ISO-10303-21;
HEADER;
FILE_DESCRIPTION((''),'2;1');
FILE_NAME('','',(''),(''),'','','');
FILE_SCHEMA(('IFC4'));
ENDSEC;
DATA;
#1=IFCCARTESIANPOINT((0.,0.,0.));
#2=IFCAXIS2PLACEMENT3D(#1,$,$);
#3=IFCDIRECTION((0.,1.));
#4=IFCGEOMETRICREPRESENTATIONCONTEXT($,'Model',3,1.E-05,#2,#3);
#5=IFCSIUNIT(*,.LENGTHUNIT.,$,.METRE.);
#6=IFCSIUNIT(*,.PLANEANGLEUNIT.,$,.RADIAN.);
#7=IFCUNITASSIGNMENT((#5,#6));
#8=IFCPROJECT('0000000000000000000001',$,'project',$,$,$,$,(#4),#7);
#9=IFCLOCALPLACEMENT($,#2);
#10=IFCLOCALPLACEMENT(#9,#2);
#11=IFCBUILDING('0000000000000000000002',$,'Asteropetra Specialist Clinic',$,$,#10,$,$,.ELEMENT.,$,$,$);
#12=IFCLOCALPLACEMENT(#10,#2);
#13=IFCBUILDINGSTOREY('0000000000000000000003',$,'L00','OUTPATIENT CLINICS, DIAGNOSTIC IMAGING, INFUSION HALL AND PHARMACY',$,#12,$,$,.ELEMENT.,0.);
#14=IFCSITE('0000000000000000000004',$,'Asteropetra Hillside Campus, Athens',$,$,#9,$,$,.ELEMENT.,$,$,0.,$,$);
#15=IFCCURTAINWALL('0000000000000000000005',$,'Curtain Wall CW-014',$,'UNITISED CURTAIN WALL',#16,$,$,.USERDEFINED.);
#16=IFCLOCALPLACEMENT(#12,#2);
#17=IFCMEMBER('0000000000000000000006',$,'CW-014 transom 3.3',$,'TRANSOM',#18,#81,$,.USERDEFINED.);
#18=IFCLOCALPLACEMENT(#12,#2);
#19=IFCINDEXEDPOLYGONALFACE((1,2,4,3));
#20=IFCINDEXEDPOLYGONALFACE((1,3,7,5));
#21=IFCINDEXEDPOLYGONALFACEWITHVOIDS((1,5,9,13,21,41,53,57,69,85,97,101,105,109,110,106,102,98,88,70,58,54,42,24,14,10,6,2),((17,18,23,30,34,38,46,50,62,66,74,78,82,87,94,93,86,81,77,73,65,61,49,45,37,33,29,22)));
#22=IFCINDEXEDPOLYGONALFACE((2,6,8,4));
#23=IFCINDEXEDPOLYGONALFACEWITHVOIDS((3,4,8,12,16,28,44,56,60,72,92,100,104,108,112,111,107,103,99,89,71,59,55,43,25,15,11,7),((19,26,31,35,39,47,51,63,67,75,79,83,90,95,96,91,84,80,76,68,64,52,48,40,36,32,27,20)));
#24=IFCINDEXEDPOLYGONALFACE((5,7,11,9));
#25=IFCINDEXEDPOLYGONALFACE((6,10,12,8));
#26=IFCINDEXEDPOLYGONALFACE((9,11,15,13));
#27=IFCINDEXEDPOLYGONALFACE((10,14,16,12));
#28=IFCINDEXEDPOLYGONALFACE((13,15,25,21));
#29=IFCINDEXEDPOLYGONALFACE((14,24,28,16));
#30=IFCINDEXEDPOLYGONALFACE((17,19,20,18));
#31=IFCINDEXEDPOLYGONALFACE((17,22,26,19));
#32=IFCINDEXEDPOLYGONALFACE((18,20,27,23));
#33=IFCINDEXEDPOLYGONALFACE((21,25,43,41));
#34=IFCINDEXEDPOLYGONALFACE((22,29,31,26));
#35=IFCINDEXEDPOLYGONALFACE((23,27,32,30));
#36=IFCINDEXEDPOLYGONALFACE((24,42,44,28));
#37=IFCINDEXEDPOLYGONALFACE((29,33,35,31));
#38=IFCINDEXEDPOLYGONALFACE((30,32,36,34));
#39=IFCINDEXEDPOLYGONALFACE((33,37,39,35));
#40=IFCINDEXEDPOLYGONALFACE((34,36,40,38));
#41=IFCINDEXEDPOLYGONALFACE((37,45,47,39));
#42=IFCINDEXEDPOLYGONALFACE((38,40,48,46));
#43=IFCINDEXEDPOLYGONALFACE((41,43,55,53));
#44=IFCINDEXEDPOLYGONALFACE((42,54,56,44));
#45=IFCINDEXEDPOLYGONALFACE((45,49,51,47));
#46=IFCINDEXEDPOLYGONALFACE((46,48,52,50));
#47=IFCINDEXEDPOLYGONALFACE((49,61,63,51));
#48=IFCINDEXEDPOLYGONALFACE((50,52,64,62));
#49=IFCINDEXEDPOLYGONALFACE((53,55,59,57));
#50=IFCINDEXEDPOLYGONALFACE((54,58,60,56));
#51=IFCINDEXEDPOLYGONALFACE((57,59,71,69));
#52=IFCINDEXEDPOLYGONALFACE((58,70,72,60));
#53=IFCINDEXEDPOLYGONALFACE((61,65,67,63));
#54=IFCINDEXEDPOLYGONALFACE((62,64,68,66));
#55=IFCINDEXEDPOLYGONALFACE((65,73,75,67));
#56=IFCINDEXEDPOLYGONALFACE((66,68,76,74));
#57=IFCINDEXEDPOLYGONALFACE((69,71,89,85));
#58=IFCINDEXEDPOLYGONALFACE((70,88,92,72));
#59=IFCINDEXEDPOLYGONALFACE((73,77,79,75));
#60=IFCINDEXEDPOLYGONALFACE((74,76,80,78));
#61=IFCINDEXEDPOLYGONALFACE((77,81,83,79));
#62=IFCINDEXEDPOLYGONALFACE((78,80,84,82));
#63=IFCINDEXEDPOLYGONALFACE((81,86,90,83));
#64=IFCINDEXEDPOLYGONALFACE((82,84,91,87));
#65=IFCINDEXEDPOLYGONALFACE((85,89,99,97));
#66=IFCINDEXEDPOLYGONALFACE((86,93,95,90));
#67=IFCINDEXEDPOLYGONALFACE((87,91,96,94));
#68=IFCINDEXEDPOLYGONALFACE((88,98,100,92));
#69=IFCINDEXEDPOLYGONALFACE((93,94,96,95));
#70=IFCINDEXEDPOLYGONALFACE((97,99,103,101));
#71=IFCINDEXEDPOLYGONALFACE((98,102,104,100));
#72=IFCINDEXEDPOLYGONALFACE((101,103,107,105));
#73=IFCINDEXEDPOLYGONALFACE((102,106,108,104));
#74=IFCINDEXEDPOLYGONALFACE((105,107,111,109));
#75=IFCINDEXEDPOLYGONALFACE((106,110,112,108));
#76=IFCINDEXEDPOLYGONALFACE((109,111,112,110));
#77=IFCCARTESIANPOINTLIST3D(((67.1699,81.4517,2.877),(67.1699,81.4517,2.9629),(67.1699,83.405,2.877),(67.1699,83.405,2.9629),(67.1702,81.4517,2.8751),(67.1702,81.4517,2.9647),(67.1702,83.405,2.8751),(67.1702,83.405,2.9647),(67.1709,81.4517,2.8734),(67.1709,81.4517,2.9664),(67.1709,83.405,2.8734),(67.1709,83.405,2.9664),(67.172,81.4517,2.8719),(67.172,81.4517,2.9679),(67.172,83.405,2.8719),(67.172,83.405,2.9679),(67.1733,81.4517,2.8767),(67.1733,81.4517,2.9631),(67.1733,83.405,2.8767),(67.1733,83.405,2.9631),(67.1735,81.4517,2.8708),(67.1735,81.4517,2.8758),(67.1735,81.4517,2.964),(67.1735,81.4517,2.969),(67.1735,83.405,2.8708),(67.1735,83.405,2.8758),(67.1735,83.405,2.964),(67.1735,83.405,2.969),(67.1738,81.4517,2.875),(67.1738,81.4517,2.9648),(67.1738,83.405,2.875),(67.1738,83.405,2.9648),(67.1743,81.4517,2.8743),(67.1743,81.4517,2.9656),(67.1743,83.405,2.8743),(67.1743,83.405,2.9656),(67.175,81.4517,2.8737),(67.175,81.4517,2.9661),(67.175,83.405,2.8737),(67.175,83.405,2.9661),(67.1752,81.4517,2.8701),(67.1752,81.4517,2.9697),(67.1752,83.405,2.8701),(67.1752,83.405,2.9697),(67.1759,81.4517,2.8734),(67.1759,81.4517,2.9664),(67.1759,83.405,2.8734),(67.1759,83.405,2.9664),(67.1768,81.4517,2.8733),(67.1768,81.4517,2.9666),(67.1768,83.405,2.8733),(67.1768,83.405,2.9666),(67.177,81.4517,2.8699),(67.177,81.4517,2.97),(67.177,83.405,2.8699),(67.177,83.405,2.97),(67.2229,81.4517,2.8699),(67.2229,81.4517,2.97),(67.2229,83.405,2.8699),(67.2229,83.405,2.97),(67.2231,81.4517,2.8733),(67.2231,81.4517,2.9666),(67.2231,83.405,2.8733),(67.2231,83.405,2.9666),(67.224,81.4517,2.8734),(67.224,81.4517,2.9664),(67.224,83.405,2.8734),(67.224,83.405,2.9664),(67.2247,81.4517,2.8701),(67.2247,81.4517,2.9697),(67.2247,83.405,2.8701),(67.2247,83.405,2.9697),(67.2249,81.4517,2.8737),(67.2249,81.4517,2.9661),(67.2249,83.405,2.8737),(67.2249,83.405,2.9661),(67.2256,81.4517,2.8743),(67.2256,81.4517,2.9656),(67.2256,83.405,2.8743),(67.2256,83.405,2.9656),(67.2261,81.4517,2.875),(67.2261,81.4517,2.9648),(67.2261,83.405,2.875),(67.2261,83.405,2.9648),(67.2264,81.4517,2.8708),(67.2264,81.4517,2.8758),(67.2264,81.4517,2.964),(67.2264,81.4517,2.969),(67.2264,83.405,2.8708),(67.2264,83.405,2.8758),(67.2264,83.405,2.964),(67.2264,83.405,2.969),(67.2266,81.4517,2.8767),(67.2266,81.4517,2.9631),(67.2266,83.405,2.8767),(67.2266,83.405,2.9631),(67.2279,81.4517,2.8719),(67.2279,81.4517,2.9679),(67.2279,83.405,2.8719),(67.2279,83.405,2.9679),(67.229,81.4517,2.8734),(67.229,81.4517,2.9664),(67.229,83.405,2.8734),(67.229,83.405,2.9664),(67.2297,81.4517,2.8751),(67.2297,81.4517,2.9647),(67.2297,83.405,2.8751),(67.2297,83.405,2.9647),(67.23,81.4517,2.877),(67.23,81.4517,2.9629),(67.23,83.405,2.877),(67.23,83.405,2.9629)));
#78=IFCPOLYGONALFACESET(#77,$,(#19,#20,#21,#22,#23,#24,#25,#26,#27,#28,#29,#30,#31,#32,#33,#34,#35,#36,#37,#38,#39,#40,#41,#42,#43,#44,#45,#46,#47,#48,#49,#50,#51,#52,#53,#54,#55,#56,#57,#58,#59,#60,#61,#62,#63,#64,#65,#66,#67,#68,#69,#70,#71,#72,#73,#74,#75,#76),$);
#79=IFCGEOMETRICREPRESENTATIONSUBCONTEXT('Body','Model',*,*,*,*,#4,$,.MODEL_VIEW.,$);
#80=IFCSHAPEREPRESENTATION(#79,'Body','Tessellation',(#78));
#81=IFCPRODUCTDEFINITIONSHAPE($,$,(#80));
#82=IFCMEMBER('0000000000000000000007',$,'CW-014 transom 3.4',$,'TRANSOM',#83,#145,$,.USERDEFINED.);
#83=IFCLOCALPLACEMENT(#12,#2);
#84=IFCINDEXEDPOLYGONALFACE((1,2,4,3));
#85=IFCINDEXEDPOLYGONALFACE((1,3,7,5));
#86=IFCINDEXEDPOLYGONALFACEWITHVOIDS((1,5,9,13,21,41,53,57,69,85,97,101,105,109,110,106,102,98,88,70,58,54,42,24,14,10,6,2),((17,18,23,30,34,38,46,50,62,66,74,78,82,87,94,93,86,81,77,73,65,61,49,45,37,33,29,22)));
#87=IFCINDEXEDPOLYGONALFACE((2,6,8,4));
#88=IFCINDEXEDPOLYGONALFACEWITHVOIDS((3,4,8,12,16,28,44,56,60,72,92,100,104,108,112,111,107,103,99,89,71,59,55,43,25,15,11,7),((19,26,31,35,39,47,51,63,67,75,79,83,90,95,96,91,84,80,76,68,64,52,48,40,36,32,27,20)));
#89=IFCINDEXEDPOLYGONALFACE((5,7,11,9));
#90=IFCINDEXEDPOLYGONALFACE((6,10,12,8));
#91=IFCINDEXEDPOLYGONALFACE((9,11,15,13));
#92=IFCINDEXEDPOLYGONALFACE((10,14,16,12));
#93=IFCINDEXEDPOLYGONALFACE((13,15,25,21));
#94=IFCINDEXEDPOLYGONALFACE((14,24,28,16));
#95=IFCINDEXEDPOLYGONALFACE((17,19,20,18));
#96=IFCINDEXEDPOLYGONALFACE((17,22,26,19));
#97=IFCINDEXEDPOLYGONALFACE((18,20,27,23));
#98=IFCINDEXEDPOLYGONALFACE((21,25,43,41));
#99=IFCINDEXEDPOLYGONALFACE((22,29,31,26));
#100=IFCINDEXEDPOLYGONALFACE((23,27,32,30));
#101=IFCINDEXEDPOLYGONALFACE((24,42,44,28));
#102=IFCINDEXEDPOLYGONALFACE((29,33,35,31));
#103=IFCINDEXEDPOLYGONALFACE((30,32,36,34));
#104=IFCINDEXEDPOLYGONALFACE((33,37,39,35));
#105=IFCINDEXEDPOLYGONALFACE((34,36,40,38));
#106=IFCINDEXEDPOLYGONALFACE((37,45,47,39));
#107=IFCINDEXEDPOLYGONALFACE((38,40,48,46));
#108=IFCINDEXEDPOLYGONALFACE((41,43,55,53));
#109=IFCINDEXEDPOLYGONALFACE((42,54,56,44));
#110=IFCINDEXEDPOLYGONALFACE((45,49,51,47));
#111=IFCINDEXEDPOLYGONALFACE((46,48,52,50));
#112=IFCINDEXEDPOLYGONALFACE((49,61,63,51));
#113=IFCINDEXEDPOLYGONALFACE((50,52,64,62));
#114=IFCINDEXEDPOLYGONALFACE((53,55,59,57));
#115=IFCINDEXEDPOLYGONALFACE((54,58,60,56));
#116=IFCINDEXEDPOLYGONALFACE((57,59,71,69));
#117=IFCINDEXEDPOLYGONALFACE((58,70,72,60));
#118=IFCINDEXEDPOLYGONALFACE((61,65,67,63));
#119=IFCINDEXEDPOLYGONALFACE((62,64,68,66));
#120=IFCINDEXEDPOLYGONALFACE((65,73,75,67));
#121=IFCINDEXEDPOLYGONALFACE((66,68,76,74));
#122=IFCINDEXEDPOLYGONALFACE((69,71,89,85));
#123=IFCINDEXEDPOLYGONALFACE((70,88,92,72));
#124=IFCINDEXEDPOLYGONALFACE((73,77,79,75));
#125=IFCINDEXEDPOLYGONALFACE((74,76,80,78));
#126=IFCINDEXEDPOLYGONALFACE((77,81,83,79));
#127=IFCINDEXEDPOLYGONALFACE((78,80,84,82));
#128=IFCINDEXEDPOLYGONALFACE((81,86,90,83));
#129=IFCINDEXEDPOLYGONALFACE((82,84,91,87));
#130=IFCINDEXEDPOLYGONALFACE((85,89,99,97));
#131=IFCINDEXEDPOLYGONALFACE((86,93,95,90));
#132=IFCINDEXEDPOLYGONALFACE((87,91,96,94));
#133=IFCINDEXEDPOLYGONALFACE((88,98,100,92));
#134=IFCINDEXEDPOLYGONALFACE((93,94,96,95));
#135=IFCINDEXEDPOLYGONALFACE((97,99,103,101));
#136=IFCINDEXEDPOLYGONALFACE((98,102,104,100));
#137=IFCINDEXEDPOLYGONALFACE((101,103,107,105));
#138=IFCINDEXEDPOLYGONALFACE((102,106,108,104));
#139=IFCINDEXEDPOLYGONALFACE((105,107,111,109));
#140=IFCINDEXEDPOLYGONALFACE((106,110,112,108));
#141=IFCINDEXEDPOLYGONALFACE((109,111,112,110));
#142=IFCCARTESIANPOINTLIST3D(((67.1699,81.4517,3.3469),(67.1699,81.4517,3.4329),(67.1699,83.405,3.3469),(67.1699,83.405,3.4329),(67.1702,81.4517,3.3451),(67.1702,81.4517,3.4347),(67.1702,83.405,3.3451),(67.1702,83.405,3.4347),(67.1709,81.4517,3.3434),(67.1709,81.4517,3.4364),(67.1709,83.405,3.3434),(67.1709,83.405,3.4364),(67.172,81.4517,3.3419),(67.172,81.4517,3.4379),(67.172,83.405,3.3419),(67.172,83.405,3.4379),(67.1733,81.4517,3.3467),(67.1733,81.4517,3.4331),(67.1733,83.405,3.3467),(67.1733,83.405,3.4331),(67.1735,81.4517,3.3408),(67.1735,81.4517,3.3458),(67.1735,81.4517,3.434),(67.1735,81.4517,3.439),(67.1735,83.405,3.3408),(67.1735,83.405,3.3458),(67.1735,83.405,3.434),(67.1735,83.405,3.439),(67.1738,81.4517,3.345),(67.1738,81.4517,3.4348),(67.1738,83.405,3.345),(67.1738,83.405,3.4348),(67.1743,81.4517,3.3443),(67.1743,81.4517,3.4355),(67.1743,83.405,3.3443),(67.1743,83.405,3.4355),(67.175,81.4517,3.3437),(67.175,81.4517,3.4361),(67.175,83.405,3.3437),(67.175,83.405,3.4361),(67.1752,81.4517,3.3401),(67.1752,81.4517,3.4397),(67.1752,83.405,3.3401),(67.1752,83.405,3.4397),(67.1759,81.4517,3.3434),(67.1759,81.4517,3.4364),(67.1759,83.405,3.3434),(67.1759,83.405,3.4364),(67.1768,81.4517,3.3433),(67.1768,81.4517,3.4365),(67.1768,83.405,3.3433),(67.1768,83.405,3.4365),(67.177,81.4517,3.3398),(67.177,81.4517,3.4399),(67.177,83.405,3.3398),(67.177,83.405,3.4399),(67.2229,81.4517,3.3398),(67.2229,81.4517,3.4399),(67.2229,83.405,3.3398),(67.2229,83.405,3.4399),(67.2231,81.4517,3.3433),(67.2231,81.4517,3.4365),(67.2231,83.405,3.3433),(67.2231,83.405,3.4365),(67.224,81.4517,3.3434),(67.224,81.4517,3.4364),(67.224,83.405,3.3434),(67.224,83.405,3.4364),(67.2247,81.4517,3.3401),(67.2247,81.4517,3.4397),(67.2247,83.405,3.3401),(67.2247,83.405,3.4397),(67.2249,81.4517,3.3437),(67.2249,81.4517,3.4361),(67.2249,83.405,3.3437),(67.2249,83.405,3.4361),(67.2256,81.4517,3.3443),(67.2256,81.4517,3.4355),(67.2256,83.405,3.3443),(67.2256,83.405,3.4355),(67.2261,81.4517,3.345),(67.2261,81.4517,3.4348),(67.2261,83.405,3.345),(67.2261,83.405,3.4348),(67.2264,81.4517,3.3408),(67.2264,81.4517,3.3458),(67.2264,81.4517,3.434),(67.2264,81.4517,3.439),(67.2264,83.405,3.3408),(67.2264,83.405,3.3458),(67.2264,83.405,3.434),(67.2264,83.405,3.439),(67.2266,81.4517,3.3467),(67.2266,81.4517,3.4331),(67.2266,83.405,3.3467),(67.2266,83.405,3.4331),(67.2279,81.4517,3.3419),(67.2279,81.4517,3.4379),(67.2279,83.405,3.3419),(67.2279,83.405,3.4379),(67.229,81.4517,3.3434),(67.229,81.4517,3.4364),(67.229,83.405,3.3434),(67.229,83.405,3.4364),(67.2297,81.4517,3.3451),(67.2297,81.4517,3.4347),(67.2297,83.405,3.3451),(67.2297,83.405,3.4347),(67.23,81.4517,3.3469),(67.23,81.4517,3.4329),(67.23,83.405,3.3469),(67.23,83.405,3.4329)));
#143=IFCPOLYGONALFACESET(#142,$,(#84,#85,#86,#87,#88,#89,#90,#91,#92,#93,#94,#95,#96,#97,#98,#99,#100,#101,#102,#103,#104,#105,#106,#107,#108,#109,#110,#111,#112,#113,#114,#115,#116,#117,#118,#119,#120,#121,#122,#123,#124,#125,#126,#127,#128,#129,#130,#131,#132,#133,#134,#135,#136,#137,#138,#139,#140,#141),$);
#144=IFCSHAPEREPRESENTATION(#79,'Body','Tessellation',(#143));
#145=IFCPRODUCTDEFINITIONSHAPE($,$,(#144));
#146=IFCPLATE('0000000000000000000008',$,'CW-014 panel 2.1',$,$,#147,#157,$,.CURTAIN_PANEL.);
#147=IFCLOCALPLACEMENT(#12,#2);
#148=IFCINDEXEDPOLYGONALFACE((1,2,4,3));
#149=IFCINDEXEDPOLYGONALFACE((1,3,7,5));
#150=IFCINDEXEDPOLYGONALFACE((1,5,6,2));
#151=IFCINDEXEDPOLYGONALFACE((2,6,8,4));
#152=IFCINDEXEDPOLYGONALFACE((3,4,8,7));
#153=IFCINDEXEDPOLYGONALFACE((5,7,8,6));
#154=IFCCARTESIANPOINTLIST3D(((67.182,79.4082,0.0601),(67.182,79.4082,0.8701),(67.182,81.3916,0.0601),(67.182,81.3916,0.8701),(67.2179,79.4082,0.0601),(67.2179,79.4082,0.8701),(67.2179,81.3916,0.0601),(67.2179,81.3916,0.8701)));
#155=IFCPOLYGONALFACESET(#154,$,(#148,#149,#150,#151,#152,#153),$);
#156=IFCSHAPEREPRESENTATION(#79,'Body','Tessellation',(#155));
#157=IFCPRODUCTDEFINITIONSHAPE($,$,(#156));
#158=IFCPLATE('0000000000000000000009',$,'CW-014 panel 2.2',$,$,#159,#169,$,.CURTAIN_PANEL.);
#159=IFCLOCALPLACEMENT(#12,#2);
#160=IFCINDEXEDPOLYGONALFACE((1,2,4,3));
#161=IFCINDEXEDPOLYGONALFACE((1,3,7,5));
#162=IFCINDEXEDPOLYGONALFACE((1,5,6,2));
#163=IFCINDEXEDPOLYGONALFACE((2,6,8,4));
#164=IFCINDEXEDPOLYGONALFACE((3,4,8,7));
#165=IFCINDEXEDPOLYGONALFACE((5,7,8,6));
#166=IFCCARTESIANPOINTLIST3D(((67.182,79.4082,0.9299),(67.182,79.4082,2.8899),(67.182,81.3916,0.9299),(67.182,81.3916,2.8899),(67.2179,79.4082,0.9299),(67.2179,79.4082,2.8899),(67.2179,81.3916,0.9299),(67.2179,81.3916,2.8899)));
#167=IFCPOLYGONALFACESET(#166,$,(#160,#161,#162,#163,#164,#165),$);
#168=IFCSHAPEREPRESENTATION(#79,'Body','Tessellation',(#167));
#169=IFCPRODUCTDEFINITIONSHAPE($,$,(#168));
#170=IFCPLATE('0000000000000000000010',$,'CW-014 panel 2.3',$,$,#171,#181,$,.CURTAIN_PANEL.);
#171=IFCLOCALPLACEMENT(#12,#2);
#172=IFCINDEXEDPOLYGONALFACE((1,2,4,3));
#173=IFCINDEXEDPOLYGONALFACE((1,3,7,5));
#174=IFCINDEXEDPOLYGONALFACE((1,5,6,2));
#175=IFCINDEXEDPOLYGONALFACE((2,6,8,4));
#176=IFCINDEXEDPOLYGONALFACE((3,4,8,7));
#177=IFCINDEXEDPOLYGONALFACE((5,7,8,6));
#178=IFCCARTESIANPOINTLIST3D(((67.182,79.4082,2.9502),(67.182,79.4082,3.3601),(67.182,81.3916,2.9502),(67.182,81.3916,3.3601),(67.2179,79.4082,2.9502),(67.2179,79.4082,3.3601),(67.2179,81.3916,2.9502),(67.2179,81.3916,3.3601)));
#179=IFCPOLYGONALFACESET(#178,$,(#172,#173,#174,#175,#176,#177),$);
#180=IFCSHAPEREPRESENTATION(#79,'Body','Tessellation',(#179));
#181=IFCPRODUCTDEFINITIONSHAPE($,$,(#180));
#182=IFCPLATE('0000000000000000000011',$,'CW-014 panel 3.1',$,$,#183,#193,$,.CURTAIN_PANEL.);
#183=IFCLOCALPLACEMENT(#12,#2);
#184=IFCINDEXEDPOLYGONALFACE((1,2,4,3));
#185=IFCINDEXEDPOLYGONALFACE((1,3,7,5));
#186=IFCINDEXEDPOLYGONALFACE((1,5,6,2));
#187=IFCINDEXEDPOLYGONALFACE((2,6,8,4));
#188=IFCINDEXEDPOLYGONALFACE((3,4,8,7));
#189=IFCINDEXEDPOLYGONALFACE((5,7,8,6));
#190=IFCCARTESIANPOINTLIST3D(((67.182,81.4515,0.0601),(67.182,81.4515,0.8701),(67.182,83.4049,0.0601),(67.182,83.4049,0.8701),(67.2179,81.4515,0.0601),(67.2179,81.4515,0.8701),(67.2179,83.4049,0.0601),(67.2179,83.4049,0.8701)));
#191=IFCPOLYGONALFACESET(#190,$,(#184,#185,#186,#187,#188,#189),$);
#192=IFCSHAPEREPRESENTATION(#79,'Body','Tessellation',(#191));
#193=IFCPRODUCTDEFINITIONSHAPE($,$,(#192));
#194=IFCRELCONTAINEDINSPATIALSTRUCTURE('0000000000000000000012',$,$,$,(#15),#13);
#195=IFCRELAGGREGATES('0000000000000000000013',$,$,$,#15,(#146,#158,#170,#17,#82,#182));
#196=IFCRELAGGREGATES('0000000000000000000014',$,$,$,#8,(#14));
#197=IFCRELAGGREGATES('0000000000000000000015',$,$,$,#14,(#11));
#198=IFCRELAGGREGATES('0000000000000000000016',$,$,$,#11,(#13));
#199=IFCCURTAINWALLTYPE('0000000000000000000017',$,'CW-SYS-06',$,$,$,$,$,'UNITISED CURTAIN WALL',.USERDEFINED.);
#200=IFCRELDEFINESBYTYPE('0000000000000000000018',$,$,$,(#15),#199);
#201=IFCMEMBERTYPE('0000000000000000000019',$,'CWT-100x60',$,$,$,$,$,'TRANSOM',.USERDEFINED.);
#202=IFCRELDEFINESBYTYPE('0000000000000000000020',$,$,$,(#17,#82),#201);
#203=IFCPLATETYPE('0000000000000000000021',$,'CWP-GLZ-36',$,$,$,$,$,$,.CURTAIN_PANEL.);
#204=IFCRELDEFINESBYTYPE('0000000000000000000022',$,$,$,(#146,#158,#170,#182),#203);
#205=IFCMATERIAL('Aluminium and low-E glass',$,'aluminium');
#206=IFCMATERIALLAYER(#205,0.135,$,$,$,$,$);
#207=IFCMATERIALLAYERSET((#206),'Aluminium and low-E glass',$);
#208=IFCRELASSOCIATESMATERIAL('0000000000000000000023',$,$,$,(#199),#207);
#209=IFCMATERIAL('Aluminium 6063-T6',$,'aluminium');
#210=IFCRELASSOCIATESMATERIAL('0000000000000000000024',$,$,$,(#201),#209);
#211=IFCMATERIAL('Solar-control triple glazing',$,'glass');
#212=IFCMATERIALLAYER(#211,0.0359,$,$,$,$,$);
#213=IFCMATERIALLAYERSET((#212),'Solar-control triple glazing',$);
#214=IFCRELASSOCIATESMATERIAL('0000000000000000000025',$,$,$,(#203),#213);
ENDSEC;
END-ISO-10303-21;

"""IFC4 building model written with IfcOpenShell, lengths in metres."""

from ifc_helpers import new_model, si_unit, direction, frame, origin, origin_2d, place, context, subcontext, project, spatial, rectangle, hollow_rectangle, extrude, material, layer, layer_set, material_profile, profile_set, type_object, element, aggregate, save


model = new_model("IFC4")

# Units and contexts
model_context = context("Model", 3, precision=1e-05, world=origin(), true_north=direction((0.0, 1.0)))
body_context = subcontext(model_context, "Body", "Model", "MODEL_VIEW")
ifc_project = project(units=[si_unit("LENGTHUNIT", "METRE"), si_unit("PLANEANGLEUNIT", "RADIAN")], contexts=[model_context])

# Site, building, storey
site_placement = place(None, origin())
site = spatial("IfcSite", under=ifc_project, at=site_placement, Name="Asteropetra Hillside Campus, Athens", CompositionType="ELEMENT", RefElevation=0.0)
building_placement = place(site_placement, origin())
building = spatial("IfcBuilding", under=site, at=building_placement, Name="Asteropetra Specialist Clinic", CompositionType="ELEMENT")
storey_placement = place(building_placement, origin())
storey = spatial("IfcBuildingStorey", under=building, at=storey_placement, Name="L00", Description="OUTPATIENT CLINICS, DIAGNOSTIC IMAGING, INFUSION HALL AND PHARMACY", CompositionType="ELEMENT", Elevation=0.0)

# Curtain wall, members, plates
ifc_material_1 = material(Name="Aluminium and low-E glass", Category="aluminium")
ifc_layer_1 = layer(ifc_material_1, 0.135)
ifc_layer_set_1 = layer_set([ifc_layer_1], Name="Aluminium and low-E glass")
curtain_wall_type = type_object("IfcCurtainWallType", Name="CW-SYS-06", ElementType="UNITISED CURTAIN WALL", PredefinedType="USERDEFINED", material=ifc_layer_set_1)
curtain_wall_placement = place(storey_placement, origin())
curtain_wall = element("IfcCurtainWall", 1, at=curtain_wall_placement, inside=storey, type_object=curtain_wall_type, Name="Curtain Wall CW-014", ObjectType="UNITISED CURTAIN WALL", PredefinedType="USERDEFINED")
ifc_material_2 = material(Name="Aluminium 6063-T6", Category="aluminium")
ifc_material_profile_1 = material_profile(ifc_material_2, hollow_rectangle(XDim=0.0601, YDim=0.1001, WallThickness=0.0034, InnerFilletRadius=0.0034, OuterFilletRadius=0.0071, at=origin_2d()), Name="TRN 100x60x3.5")
ifc_profile_set_1 = profile_set([ifc_material_profile_1], Name="Aluminium 6063-T6")
member_type_1 = type_object("IfcMemberType", Name="CWT-100x60", ElementType="TRANSOM", PredefinedType="USERDEFINED", material=ifc_profile_set_1)
member_1_placement = place(storey_placement, frame((67.2, 81.4517, 2.9199), z_axis=(0.0, 1.0, 0.0), x_axis=(-1.0, 0.0, 0.0)))
member_1 = element("IfcMember", 2, at=member_1_placement, type_object=member_type_1, Name="CW-014 transom 3.3", ObjectType="TRANSOM", PredefinedType="USERDEFINED", context=body_context, shape_type="SweptSolid", body=[
    extrude(hollow_rectangle(XDim=0.0601, YDim=0.1001, WallThickness=0.0034, InnerFilletRadius=0.0034, OuterFilletRadius=0.0071, at=origin_2d()), origin(), (0.0, 0.0, 1.0), 1.9534),
])
member_2_placement = place(storey_placement, frame((67.2, 81.4517, 3.3899), z_axis=(0.0, 1.0, 0.0), x_axis=(-1.0, 0.0, 0.0)))
member_2 = element("IfcMember", 3, at=member_2_placement, type_object=member_type_1, Name="CW-014 transom 3.4", ObjectType="TRANSOM", PredefinedType="USERDEFINED", context=body_context, shape_type="SweptSolid", body=[
    extrude(hollow_rectangle(XDim=0.0601, YDim=0.1001, WallThickness=0.0034, InnerFilletRadius=0.0034, OuterFilletRadius=0.0071, at=origin_2d()), origin(), (0.0, 0.0, 1.0), 1.9534),
])
ifc_material_3 = material(Name="Solar-control triple glazing", Category="glass")
ifc_layer_2 = layer(ifc_material_3, 0.0359)
ifc_layer_set_2 = layer_set([ifc_layer_2], Name="Solar-control triple glazing")
plate_type = type_object("IfcPlateType", Name="CWP-GLZ-36", PredefinedType="CURTAIN_PANEL", material=ifc_layer_set_2)
plate_1_placement = place(storey_placement, frame((67.2, 80.3999, 0.0601), z_axis=(0.0, 0.0, 1.0), x_axis=(0.0, 1.0, 0.0)))
plate_1 = element("IfcPlate", 4, at=plate_1_placement, type_object=plate_type, Name="CW-014 panel 2.1", PredefinedType="CURTAIN_PANEL", context=body_context, shape_type="SweptSolid", body=[
    extrude(rectangle(XDim=1.9834, YDim=0.0359, at=origin_2d()), origin(), (0.0, 0.0, 1.0), 0.8101),
])
plate_2_placement = place(storey_placement, frame((67.2, 80.3999, 0.9299), z_axis=(0.0, 0.0, 1.0), x_axis=(0.0, 1.0, 0.0)))
plate_2 = element("IfcPlate", 5, at=plate_2_placement, type_object=plate_type, Name="CW-014 panel 2.2", PredefinedType="CURTAIN_PANEL", context=body_context, shape_type="SweptSolid", body=[
    extrude(rectangle(XDim=1.9834, YDim=0.0359, at=origin_2d()), origin(), (0.0, 0.0, 1.0), 1.96),
])
plate_3_placement = place(storey_placement, frame((67.2, 80.3999, 2.9502), z_axis=(0.0, 0.0, 1.0), x_axis=(0.0, 1.0, 0.0)))
plate_3 = element("IfcPlate", 6, at=plate_3_placement, type_object=plate_type, Name="CW-014 panel 2.3", PredefinedType="CURTAIN_PANEL", context=body_context, shape_type="SweptSolid", body=[
    extrude(rectangle(XDim=1.9834, YDim=0.0359, at=origin_2d()), origin(), (0.0, 0.0, 1.0), 0.4099),
])
plate_4_placement = place(storey_placement, frame((67.2, 82.4282, 0.0601), z_axis=(0.0, 0.0, 1.0), x_axis=(0.0, 1.0, 0.0)))
plate_4 = element("IfcPlate", 7, at=plate_4_placement, type_object=plate_type, Name="CW-014 panel 3.1", PredefinedType="CURTAIN_PANEL", context=body_context, shape_type="SweptSolid", body=[
    extrude(rectangle(XDim=1.9534, YDim=0.0359, at=origin_2d()), origin(), (0.0, 0.0, 1.0), 0.8101),
])
aggregate(curtain_wall, [plate_1, plate_2, plate_3, member_1, member_2, plate_4])

save(model, "model.ifc")
